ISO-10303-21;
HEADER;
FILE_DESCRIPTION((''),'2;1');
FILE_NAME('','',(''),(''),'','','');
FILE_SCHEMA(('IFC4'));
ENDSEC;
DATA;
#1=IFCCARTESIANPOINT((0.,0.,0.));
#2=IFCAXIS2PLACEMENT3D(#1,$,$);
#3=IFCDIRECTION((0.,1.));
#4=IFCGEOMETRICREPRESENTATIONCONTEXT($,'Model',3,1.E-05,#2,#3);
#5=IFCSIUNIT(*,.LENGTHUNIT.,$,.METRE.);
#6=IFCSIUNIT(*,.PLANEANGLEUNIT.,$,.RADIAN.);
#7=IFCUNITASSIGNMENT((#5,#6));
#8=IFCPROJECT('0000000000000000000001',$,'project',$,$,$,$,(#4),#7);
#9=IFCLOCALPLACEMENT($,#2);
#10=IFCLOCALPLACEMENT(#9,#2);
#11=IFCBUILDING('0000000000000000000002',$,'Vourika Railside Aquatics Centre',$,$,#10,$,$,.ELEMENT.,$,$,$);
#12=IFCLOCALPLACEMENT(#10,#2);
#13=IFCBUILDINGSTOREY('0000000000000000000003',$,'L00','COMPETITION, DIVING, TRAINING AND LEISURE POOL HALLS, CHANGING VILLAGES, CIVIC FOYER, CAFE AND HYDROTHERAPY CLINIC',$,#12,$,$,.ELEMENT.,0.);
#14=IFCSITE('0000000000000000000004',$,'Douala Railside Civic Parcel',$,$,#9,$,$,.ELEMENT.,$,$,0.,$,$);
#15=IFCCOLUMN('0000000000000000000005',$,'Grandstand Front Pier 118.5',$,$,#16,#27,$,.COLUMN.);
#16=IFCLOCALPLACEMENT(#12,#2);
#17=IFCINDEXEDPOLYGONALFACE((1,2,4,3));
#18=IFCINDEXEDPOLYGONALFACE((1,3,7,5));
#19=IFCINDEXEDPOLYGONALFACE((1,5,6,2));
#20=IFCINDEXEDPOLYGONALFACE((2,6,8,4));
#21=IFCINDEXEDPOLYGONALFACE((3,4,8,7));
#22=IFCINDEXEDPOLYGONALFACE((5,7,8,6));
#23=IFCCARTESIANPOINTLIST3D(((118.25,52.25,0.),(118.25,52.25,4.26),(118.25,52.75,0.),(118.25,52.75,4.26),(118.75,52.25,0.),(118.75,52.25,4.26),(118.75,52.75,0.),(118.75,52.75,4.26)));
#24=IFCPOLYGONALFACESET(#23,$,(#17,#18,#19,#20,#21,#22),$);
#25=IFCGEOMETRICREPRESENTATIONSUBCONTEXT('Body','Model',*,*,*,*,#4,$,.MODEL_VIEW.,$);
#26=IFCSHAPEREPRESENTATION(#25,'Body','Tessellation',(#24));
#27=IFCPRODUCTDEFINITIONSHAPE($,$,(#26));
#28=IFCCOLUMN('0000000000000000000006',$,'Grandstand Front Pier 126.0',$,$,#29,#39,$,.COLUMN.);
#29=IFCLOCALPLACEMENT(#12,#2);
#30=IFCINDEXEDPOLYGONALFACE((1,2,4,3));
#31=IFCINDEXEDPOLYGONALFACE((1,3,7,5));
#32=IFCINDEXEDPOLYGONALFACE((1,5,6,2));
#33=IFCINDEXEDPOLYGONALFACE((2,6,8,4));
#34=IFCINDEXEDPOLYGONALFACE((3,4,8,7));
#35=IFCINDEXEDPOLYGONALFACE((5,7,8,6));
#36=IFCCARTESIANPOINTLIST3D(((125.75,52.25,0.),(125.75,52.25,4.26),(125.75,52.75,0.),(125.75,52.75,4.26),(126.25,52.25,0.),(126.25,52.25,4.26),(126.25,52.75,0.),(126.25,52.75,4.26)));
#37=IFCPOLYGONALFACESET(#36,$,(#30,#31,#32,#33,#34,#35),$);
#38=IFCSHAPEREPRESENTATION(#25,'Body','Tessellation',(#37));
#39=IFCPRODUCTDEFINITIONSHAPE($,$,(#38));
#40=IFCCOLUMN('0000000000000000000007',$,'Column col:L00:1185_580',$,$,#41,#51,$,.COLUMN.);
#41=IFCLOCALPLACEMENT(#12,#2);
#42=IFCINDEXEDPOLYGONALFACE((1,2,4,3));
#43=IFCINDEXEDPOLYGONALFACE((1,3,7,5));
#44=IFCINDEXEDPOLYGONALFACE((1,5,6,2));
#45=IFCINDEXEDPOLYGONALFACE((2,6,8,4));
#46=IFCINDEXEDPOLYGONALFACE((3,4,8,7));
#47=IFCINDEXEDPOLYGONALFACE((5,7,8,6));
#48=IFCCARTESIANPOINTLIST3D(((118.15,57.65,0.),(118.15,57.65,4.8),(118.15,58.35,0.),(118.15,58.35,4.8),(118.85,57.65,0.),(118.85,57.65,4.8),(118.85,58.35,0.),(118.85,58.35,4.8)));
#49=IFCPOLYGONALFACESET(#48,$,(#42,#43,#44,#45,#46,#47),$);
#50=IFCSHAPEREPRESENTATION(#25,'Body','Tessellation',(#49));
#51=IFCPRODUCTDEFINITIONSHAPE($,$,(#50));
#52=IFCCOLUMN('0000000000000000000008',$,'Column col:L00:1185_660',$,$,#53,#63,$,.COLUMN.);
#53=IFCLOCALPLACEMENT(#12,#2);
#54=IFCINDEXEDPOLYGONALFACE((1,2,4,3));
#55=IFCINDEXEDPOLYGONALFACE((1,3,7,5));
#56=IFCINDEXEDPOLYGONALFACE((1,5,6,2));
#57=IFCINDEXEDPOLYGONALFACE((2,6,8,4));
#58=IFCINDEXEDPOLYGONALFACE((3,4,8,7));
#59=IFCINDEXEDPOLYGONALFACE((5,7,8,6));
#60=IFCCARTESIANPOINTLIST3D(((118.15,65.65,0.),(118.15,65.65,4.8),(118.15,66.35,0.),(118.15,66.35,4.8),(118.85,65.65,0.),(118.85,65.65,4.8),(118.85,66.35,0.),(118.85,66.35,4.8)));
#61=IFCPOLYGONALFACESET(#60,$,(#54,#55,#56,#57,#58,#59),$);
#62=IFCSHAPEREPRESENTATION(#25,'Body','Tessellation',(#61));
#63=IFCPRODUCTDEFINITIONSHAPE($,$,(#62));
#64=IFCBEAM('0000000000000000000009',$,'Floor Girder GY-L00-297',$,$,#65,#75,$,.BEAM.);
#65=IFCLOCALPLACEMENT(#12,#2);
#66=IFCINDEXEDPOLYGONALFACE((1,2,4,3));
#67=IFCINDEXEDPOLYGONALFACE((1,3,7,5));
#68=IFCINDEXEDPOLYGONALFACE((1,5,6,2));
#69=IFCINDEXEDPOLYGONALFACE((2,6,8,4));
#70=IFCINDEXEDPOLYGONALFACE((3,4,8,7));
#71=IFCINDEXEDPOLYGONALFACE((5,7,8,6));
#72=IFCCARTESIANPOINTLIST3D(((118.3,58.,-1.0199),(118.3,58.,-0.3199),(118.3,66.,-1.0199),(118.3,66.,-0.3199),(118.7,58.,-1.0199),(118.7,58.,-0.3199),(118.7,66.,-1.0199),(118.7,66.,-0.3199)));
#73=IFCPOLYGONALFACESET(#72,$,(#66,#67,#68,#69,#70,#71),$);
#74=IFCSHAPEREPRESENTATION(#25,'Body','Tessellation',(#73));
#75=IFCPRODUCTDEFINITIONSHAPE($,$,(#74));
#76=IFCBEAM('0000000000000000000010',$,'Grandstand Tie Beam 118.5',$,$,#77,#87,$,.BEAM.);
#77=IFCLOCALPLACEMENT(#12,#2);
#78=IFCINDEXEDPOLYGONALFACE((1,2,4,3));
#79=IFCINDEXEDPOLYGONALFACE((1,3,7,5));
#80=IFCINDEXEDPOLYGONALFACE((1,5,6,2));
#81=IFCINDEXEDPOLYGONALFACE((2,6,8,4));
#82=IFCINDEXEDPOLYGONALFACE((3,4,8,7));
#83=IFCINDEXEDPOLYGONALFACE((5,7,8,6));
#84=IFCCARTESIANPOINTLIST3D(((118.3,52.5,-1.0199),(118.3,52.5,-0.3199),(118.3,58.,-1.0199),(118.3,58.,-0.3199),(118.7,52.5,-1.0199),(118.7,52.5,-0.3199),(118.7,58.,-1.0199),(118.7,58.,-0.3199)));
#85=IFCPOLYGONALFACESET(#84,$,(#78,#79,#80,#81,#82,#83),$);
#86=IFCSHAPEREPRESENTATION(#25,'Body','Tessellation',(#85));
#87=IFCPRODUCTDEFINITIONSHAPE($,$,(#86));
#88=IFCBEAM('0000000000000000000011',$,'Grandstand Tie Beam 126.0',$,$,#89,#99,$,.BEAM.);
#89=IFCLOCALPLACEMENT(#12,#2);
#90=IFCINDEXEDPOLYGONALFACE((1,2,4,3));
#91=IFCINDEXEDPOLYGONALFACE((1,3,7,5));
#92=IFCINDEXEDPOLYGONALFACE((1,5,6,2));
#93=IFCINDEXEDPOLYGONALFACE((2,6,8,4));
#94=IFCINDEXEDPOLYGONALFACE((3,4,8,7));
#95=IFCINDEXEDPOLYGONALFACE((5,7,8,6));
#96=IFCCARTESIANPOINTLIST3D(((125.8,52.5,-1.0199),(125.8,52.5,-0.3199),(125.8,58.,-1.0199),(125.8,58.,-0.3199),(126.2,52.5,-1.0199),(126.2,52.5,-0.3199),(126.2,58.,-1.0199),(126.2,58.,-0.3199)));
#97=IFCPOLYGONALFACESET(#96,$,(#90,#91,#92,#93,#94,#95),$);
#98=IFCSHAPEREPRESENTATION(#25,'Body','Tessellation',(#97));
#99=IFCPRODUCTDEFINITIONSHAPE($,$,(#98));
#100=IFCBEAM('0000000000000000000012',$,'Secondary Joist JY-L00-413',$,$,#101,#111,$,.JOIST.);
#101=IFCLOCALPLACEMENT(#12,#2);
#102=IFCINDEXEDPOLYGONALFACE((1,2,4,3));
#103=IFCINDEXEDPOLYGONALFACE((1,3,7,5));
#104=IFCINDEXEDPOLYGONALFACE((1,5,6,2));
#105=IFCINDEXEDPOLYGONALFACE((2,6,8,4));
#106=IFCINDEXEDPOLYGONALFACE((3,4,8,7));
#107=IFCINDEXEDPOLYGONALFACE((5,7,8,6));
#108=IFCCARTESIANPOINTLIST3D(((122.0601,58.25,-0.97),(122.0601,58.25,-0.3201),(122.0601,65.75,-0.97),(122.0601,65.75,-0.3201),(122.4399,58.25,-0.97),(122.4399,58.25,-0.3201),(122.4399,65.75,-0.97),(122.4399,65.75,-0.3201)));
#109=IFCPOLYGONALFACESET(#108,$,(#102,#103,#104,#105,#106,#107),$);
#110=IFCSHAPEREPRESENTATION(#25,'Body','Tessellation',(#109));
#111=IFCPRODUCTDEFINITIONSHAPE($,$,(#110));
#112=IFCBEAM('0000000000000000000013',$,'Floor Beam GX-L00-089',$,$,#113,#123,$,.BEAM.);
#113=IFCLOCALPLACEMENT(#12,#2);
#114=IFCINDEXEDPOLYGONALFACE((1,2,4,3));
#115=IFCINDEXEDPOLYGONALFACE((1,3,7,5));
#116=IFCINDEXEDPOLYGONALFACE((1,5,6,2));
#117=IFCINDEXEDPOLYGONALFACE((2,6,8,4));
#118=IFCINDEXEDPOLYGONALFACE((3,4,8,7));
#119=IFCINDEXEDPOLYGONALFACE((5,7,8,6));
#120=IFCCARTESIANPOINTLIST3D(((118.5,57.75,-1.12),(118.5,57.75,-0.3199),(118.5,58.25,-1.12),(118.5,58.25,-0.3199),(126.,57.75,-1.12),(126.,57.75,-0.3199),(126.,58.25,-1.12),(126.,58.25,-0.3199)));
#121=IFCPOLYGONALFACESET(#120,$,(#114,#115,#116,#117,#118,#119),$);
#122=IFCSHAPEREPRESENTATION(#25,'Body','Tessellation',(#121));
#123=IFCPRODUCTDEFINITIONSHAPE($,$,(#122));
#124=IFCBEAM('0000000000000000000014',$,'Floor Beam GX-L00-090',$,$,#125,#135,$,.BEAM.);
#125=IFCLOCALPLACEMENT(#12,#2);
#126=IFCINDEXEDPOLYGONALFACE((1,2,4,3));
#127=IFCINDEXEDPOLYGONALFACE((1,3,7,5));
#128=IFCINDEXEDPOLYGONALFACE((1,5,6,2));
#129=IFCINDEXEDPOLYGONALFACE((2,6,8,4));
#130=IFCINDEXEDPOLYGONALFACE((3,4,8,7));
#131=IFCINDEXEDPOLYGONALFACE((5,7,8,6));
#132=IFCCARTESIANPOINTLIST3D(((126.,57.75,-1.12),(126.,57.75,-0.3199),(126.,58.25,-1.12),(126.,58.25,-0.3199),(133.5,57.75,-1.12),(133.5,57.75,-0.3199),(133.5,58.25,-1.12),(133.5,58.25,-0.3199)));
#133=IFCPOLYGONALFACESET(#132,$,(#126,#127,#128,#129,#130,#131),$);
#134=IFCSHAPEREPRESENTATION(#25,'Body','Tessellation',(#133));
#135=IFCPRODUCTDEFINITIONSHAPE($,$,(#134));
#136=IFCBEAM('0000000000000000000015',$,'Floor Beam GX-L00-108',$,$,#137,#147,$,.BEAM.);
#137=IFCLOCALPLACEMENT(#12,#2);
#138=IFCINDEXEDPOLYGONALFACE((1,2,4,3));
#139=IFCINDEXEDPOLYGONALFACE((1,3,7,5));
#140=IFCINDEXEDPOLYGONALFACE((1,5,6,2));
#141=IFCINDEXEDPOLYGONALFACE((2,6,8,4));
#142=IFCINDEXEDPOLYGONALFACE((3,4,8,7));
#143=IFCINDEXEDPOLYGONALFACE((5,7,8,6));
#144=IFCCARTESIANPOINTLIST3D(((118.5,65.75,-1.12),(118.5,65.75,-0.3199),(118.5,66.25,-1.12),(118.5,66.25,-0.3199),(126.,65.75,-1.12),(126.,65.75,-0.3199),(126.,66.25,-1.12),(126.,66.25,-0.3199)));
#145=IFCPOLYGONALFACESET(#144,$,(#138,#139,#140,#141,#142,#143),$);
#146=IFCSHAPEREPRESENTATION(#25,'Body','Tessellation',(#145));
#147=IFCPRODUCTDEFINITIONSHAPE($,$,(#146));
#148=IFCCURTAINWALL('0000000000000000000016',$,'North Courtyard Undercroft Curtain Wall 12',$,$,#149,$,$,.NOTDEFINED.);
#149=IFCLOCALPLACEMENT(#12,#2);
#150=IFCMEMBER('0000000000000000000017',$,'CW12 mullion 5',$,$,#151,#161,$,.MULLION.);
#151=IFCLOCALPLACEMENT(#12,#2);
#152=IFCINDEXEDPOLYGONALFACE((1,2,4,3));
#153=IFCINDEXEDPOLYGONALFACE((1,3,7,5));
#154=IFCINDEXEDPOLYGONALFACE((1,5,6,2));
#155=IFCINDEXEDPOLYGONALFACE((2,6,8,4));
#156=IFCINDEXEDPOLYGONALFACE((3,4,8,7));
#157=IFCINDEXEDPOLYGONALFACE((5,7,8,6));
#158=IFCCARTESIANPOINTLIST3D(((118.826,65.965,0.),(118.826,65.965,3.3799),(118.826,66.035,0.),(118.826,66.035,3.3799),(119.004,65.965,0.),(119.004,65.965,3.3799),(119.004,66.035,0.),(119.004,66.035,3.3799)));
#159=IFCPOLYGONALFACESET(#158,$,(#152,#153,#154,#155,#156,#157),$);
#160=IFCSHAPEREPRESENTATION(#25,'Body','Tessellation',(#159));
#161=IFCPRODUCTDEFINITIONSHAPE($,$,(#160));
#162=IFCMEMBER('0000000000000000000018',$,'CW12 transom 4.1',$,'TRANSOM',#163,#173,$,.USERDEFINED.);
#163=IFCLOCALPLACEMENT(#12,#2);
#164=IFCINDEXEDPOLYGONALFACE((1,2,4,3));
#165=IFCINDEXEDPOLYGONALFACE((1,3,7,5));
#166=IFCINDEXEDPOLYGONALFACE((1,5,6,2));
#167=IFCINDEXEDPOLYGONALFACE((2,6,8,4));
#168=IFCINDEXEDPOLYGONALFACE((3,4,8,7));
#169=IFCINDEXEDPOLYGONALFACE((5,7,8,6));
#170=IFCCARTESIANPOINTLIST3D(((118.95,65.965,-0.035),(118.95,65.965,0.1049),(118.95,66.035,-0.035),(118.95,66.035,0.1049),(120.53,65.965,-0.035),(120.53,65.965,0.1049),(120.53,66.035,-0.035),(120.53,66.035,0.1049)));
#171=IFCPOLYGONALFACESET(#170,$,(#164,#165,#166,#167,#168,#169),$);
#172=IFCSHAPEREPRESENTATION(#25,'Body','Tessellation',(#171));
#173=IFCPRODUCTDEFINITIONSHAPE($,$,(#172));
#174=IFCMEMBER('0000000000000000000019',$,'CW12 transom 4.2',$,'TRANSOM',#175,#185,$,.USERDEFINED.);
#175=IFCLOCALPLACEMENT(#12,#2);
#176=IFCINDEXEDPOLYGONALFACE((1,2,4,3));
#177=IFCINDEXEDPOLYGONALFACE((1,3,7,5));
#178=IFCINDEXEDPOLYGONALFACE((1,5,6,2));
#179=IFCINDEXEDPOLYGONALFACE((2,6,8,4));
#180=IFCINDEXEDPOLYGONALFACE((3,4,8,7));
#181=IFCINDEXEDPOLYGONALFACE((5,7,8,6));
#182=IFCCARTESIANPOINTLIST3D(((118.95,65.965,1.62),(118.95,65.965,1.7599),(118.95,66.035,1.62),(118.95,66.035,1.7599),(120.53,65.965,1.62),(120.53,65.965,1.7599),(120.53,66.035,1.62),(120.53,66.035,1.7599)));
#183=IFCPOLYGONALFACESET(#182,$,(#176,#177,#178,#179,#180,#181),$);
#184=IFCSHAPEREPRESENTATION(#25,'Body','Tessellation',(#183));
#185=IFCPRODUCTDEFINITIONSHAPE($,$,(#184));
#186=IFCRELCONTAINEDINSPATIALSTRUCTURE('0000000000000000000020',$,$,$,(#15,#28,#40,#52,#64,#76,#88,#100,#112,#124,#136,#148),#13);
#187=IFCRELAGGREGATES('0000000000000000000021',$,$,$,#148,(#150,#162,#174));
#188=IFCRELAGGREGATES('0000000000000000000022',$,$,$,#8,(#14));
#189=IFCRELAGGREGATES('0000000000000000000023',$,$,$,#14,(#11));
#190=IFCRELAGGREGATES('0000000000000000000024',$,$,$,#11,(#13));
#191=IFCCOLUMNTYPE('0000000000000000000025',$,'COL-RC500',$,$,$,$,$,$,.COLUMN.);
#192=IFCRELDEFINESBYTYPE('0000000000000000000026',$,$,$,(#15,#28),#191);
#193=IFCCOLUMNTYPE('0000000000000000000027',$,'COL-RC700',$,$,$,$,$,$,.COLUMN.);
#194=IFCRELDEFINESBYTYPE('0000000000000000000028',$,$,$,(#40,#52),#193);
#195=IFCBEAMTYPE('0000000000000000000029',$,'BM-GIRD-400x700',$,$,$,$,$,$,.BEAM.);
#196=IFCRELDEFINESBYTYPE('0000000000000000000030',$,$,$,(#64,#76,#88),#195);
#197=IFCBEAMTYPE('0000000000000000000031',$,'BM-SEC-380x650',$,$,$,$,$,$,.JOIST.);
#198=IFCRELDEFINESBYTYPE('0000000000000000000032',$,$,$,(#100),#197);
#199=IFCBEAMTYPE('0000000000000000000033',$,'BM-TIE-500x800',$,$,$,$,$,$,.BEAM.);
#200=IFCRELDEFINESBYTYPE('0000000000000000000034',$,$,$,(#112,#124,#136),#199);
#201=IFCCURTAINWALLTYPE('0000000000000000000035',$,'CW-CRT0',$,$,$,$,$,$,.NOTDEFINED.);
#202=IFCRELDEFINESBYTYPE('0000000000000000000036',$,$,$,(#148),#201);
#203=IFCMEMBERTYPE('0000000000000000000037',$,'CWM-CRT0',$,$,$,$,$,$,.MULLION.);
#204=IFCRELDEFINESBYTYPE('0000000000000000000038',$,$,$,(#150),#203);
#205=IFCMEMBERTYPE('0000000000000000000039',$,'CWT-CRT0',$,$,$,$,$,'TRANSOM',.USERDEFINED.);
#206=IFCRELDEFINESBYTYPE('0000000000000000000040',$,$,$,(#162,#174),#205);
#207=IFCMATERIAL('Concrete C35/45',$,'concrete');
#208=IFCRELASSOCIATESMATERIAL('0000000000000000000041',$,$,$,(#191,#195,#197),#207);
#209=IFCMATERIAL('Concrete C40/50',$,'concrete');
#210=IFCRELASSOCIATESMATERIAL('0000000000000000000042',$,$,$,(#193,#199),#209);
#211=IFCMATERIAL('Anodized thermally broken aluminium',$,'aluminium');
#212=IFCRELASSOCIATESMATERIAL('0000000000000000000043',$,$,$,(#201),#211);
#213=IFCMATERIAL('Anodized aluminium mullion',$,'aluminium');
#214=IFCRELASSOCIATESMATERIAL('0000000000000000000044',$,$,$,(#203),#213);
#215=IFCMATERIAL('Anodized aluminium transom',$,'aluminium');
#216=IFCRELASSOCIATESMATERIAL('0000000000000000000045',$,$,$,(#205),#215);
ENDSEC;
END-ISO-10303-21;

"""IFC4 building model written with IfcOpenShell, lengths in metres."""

from ifc_helpers import new_model, si_unit, direction, frame, origin, origin_2d, place, context, subcontext, project, spatial, rectangle, extrude, material, material_profile, profile_set, type_object, element, aggregate, save


model = new_model("IFC4")

# Units and contexts
model_context = context("Model", 3, precision=1e-05, world=origin(), true_north=direction((0.0, 1.0)))
body_context = subcontext(model_context, "Body", "Model", "MODEL_VIEW")
ifc_project = project(units=[si_unit("LENGTHUNIT", "METRE"), si_unit("PLANEANGLEUNIT", "RADIAN")], contexts=[model_context])

# Site, building, storey
site_placement = place(None, origin())
site = spatial("IfcSite", under=ifc_project, at=site_placement, Name="Douala Railside Civic Parcel", CompositionType="ELEMENT", RefElevation=0.0)
building_placement = place(site_placement, origin())
building = spatial("IfcBuilding", under=site, at=building_placement, Name="Vourika Railside Aquatics Centre", CompositionType="ELEMENT")
storey_placement = place(building_placement, origin())
storey = spatial("IfcBuildingStorey", under=building, at=storey_placement, Name="L00", Description="COMPETITION, DIVING, TRAINING AND LEISURE POOL HALLS, CHANGING VILLAGES, CIVIC FOYER, CAFE AND HYDROTHERAPY CLINIC", CompositionType="ELEMENT", Elevation=0.0)

# Columns
ifc_material_1 = material(Name="Concrete C35/45", Category="concrete")
ifc_material_profile_1 = material_profile(ifc_material_1, rectangle(XDim=0.5, YDim=0.5, at=origin_2d()), Name="RC 500x500")
ifc_profile_set_1 = profile_set([ifc_material_profile_1], Name="Concrete C35/45")
column_type_1 = type_object("IfcColumnType", Name="COL-RC500", PredefinedType="COLUMN", material=ifc_profile_set_1)
for number, where, z_axis, x_axis, name in (
    (1, (118.5, 52.5, 0.0), (0.0, 0.0, 1.0), (1.0, 0.0, 0.0), "Grandstand Front Pier 118.5"),
    (2, (126.0, 52.5, 0.0), (0.0, 0.0, 1.0), (1.0, 0.0, 0.0), "Grandstand Front Pier 126.0"),
):
    element("IfcColumn", number, at=place(storey_placement, frame(where, z_axis=z_axis, x_axis=x_axis)), inside=storey, type_object=column_type_1, Name=name, PredefinedType="COLUMN", context=body_context, shape_type="SweptSolid", body=[
        extrude(rectangle(XDim=0.5, YDim=0.5, at=origin_2d()), origin(), (0.0, 0.0, 1.0), 4.26),
    ])
ifc_material_2 = material(Name="Concrete C40/50", Category="concrete")
ifc_material_profile_2 = material_profile(ifc_material_2, rectangle(XDim=0.7, YDim=0.7, at=origin_2d()), Name="RC 700x700")
ifc_profile_set_2 = profile_set([ifc_material_profile_2], Name="Concrete C40/50")
column_type_2 = type_object("IfcColumnType", Name="COL-RC700", PredefinedType="COLUMN", material=ifc_profile_set_2)
for number, where, z_axis, x_axis, name in (
    (3, (118.5, 58.0, 0.0), (0.0, 0.0, 1.0), (1.0, 0.0, 0.0), "Column col:L00:1185_580"),
    (4, (118.5, 66.0, 0.0), (0.0, 0.0, 1.0), (1.0, 0.0, 0.0), "Column col:L00:1185_660"),
):
    element("IfcColumn", number, at=place(storey_placement, frame(where, z_axis=z_axis, x_axis=x_axis)), inside=storey, type_object=column_type_2, Name=name, PredefinedType="COLUMN", context=body_context, shape_type="SweptSolid", body=[
        extrude(rectangle(XDim=0.7, YDim=0.7, at=origin_2d()), origin(), (0.0, 0.0, 1.0), 4.8),
    ])

# Beams
ifc_material_profile_3 = material_profile(ifc_material_1, rectangle(XDim=0.3999, YDim=0.7, at=origin_2d()), Name="RC 400x700")
ifc_profile_set_3 = profile_set([ifc_material_profile_3], Name="Concrete C35/45")
beam_type_1 = type_object("IfcBeamType", Name="BM-GIRD-400x700", PredefinedType="BEAM", material=ifc_profile_set_3)
beam_1_placement = place(storey_placement, frame((118.5, 58.0, -0.6699), z_axis=(0.0, 1.0, 0.0), x_axis=(-1.0, 0.0, 0.0)))
element("IfcBeam", 5, at=beam_1_placement, inside=storey, type_object=beam_type_1, Name="Floor Girder GY-L00-297", PredefinedType="BEAM", context=body_context, shape_type="SweptSolid", body=[
    extrude(rectangle(XDim=0.3999, YDim=0.7, at=origin_2d()), origin(), (0.0, 0.0, 1.0), 8.0),
])
for number, where, z_axis, x_axis, name in (
    (6, (118.5, 52.5, -0.6699), (0.0, 1.0, 0.0), (-1.0, 0.0, 0.0), "Grandstand Tie Beam 118.5"),
    (7, (126.0, 52.5, -0.6699), (0.0, 1.0, 0.0), (-1.0, 0.0, 0.0), "Grandstand Tie Beam 126.0"),
):
    element("IfcBeam", number, at=place(storey_placement, frame(where, z_axis=z_axis, x_axis=x_axis)), inside=storey, type_object=beam_type_1, Name=name, PredefinedType="BEAM", context=body_context, shape_type="SweptSolid", body=[
        extrude(rectangle(XDim=0.3999, YDim=0.7, at=origin_2d()), origin(), (0.0, 0.0, 1.0), 5.5),
    ])
ifc_material_profile_4 = material_profile(ifc_material_1, rectangle(XDim=0.3799, YDim=0.6499, at=origin_2d()), Name="RC 380x650")
ifc_profile_set_4 = profile_set([ifc_material_profile_4], Name="Concrete C35/45")
beam_type_2 = type_object("IfcBeamType", Name="BM-SEC-380x650", PredefinedType="JOIST", material=ifc_profile_set_4)
beam_2_placement = place(storey_placement, frame((122.25, 58.25, -0.645), z_axis=(0.0, 1.0, 0.0), x_axis=(-1.0, 0.0, 0.0)))
element("IfcBeam", 8, at=beam_2_placement, inside=storey, type_object=beam_type_2, Name="Secondary Joist JY-L00-413", PredefinedType="JOIST", context=body_context, shape_type="SweptSolid", body=[
    extrude(rectangle(XDim=0.3799, YDim=0.6499, at=origin_2d()), origin(), (0.0, 0.0, 1.0), 7.5),
])
ifc_material_profile_5 = material_profile(ifc_material_2, rectangle(XDim=0.5, YDim=0.8, at=origin_2d()), Name="RC 500x800")
ifc_profile_set_5 = profile_set([ifc_material_profile_5], Name="Concrete C40/50")
beam_type_3 = type_object("IfcBeamType", Name="BM-TIE-500x800", PredefinedType="BEAM", material=ifc_profile_set_5)
for number, where, z_axis, x_axis, name in (
    (9, (118.5, 58.0, -0.72), (1.0, 0.0, 0.0), (0.0, 1.0, 0.0), "Floor Beam GX-L00-089"),
    (10, (126.0, 58.0, -0.72), (1.0, 0.0, 0.0), (0.0, 1.0, 0.0), "Floor Beam GX-L00-090"),
    (11, (118.5, 66.0, -0.72), (1.0, 0.0, 0.0), (0.0, 1.0, 0.0), "Floor Beam GX-L00-108"),
):
    element("IfcBeam", number, at=place(storey_placement, frame(where, z_axis=z_axis, x_axis=x_axis)), inside=storey, type_object=beam_type_3, Name=name, PredefinedType="BEAM", context=body_context, shape_type="SweptSolid", body=[
        extrude(rectangle(XDim=0.5, YDim=0.8, at=origin_2d()), origin(), (0.0, 0.0, 1.0), 7.5),
    ])

# Curtain wall, members
ifc_material_3 = material(Name="Anodized thermally broken aluminium", Category="aluminium")
curtain_wall_type = type_object("IfcCurtainWallType", Name="CW-CRT0", PredefinedType="NOTDEFINED", material=ifc_material_3)
curtain_wall_placement = place(storey_placement, origin())
curtain_wall = element("IfcCurtainWall", 12, at=curtain_wall_placement, inside=storey, type_object=curtain_wall_type, Name="North Courtyard Undercroft Curtain Wall 12", PredefinedType="NOTDEFINED")
ifc_material_4 = material(Name="Anodized aluminium mullion", Category="aluminium")
ifc_material_profile_6 = material_profile(ifc_material_4, rectangle(XDim=0.0701, YDim=0.178, at=origin_2d()), Name="ALU-M 70x178")
ifc_profile_set_6 = profile_set([ifc_material_profile_6], Name="Anodized aluminium mullion")
member_type_1 = type_object("IfcMemberType", Name="CWM-CRT0", PredefinedType="MULLION", material=ifc_profile_set_6)
member_1_placement = place(storey_placement, frame((118.915, 66.0, 0.0), z_axis=(0.0, 0.0, 1.0), x_axis=(0.0, -1.0, 0.0)))
member_1 = element("IfcMember", 13, at=member_1_placement, type_object=member_type_1, Name="CW12 mullion 5", PredefinedType="MULLION", context=body_context, shape_type="SweptSolid", body=[
    extrude(rectangle(XDim=0.0701, YDim=0.178, at=origin_2d()), origin(), (0.0, 0.0, 1.0), 3.3799),
])
ifc_material_5 = material(Name="Anodized aluminium transom", Category="aluminium")
ifc_material_profile_7 = material_profile(ifc_material_5, rectangle(XDim=0.0701, YDim=0.1399, at=origin_2d()), Name="ALU-T 70x140")
ifc_profile_set_7 = profile_set([ifc_material_profile_7], Name="Anodized aluminium transom")
member_type_2 = type_object("IfcMemberType", Name="CWT-CRT0", ElementType="TRANSOM", PredefinedType="USERDEFINED", material=ifc_profile_set_7)
member_2_placement = place(storey_placement, frame((120.53, 66.0, 0.0349), z_axis=(-1.0, 0.0, 0.0), x_axis=(0.0, -1.0, 0.0)))
member_2 = element("IfcMember", 14, at=member_2_placement, type_object=member_type_2, Name="CW12 transom 4.1", ObjectType="TRANSOM", PredefinedType="USERDEFINED", context=body_context, shape_type="SweptSolid", body=[
    extrude(rectangle(XDim=0.0701, YDim=0.1399, at=origin_2d()), origin(), (0.0, 0.0, 1.0), 1.5801),
])
member_3_placement = place(storey_placement, frame((120.53, 66.0, 1.6899), z_axis=(-1.0, 0.0, 0.0), x_axis=(0.0, -1.0, 0.0)))
member_3 = element("IfcMember", 15, at=member_3_placement, type_object=member_type_2, Name="CW12 transom 4.2", ObjectType="TRANSOM", PredefinedType="USERDEFINED", context=body_context, shape_type="SweptSolid", body=[
    extrude(rectangle(XDim=0.0701, YDim=0.1399, at=origin_2d()), origin(), (0.0, 0.0, 1.0), 1.5801),
])
aggregate(curtain_wall, [member_1, member_2, member_3])

save(model, "model.ifc")
